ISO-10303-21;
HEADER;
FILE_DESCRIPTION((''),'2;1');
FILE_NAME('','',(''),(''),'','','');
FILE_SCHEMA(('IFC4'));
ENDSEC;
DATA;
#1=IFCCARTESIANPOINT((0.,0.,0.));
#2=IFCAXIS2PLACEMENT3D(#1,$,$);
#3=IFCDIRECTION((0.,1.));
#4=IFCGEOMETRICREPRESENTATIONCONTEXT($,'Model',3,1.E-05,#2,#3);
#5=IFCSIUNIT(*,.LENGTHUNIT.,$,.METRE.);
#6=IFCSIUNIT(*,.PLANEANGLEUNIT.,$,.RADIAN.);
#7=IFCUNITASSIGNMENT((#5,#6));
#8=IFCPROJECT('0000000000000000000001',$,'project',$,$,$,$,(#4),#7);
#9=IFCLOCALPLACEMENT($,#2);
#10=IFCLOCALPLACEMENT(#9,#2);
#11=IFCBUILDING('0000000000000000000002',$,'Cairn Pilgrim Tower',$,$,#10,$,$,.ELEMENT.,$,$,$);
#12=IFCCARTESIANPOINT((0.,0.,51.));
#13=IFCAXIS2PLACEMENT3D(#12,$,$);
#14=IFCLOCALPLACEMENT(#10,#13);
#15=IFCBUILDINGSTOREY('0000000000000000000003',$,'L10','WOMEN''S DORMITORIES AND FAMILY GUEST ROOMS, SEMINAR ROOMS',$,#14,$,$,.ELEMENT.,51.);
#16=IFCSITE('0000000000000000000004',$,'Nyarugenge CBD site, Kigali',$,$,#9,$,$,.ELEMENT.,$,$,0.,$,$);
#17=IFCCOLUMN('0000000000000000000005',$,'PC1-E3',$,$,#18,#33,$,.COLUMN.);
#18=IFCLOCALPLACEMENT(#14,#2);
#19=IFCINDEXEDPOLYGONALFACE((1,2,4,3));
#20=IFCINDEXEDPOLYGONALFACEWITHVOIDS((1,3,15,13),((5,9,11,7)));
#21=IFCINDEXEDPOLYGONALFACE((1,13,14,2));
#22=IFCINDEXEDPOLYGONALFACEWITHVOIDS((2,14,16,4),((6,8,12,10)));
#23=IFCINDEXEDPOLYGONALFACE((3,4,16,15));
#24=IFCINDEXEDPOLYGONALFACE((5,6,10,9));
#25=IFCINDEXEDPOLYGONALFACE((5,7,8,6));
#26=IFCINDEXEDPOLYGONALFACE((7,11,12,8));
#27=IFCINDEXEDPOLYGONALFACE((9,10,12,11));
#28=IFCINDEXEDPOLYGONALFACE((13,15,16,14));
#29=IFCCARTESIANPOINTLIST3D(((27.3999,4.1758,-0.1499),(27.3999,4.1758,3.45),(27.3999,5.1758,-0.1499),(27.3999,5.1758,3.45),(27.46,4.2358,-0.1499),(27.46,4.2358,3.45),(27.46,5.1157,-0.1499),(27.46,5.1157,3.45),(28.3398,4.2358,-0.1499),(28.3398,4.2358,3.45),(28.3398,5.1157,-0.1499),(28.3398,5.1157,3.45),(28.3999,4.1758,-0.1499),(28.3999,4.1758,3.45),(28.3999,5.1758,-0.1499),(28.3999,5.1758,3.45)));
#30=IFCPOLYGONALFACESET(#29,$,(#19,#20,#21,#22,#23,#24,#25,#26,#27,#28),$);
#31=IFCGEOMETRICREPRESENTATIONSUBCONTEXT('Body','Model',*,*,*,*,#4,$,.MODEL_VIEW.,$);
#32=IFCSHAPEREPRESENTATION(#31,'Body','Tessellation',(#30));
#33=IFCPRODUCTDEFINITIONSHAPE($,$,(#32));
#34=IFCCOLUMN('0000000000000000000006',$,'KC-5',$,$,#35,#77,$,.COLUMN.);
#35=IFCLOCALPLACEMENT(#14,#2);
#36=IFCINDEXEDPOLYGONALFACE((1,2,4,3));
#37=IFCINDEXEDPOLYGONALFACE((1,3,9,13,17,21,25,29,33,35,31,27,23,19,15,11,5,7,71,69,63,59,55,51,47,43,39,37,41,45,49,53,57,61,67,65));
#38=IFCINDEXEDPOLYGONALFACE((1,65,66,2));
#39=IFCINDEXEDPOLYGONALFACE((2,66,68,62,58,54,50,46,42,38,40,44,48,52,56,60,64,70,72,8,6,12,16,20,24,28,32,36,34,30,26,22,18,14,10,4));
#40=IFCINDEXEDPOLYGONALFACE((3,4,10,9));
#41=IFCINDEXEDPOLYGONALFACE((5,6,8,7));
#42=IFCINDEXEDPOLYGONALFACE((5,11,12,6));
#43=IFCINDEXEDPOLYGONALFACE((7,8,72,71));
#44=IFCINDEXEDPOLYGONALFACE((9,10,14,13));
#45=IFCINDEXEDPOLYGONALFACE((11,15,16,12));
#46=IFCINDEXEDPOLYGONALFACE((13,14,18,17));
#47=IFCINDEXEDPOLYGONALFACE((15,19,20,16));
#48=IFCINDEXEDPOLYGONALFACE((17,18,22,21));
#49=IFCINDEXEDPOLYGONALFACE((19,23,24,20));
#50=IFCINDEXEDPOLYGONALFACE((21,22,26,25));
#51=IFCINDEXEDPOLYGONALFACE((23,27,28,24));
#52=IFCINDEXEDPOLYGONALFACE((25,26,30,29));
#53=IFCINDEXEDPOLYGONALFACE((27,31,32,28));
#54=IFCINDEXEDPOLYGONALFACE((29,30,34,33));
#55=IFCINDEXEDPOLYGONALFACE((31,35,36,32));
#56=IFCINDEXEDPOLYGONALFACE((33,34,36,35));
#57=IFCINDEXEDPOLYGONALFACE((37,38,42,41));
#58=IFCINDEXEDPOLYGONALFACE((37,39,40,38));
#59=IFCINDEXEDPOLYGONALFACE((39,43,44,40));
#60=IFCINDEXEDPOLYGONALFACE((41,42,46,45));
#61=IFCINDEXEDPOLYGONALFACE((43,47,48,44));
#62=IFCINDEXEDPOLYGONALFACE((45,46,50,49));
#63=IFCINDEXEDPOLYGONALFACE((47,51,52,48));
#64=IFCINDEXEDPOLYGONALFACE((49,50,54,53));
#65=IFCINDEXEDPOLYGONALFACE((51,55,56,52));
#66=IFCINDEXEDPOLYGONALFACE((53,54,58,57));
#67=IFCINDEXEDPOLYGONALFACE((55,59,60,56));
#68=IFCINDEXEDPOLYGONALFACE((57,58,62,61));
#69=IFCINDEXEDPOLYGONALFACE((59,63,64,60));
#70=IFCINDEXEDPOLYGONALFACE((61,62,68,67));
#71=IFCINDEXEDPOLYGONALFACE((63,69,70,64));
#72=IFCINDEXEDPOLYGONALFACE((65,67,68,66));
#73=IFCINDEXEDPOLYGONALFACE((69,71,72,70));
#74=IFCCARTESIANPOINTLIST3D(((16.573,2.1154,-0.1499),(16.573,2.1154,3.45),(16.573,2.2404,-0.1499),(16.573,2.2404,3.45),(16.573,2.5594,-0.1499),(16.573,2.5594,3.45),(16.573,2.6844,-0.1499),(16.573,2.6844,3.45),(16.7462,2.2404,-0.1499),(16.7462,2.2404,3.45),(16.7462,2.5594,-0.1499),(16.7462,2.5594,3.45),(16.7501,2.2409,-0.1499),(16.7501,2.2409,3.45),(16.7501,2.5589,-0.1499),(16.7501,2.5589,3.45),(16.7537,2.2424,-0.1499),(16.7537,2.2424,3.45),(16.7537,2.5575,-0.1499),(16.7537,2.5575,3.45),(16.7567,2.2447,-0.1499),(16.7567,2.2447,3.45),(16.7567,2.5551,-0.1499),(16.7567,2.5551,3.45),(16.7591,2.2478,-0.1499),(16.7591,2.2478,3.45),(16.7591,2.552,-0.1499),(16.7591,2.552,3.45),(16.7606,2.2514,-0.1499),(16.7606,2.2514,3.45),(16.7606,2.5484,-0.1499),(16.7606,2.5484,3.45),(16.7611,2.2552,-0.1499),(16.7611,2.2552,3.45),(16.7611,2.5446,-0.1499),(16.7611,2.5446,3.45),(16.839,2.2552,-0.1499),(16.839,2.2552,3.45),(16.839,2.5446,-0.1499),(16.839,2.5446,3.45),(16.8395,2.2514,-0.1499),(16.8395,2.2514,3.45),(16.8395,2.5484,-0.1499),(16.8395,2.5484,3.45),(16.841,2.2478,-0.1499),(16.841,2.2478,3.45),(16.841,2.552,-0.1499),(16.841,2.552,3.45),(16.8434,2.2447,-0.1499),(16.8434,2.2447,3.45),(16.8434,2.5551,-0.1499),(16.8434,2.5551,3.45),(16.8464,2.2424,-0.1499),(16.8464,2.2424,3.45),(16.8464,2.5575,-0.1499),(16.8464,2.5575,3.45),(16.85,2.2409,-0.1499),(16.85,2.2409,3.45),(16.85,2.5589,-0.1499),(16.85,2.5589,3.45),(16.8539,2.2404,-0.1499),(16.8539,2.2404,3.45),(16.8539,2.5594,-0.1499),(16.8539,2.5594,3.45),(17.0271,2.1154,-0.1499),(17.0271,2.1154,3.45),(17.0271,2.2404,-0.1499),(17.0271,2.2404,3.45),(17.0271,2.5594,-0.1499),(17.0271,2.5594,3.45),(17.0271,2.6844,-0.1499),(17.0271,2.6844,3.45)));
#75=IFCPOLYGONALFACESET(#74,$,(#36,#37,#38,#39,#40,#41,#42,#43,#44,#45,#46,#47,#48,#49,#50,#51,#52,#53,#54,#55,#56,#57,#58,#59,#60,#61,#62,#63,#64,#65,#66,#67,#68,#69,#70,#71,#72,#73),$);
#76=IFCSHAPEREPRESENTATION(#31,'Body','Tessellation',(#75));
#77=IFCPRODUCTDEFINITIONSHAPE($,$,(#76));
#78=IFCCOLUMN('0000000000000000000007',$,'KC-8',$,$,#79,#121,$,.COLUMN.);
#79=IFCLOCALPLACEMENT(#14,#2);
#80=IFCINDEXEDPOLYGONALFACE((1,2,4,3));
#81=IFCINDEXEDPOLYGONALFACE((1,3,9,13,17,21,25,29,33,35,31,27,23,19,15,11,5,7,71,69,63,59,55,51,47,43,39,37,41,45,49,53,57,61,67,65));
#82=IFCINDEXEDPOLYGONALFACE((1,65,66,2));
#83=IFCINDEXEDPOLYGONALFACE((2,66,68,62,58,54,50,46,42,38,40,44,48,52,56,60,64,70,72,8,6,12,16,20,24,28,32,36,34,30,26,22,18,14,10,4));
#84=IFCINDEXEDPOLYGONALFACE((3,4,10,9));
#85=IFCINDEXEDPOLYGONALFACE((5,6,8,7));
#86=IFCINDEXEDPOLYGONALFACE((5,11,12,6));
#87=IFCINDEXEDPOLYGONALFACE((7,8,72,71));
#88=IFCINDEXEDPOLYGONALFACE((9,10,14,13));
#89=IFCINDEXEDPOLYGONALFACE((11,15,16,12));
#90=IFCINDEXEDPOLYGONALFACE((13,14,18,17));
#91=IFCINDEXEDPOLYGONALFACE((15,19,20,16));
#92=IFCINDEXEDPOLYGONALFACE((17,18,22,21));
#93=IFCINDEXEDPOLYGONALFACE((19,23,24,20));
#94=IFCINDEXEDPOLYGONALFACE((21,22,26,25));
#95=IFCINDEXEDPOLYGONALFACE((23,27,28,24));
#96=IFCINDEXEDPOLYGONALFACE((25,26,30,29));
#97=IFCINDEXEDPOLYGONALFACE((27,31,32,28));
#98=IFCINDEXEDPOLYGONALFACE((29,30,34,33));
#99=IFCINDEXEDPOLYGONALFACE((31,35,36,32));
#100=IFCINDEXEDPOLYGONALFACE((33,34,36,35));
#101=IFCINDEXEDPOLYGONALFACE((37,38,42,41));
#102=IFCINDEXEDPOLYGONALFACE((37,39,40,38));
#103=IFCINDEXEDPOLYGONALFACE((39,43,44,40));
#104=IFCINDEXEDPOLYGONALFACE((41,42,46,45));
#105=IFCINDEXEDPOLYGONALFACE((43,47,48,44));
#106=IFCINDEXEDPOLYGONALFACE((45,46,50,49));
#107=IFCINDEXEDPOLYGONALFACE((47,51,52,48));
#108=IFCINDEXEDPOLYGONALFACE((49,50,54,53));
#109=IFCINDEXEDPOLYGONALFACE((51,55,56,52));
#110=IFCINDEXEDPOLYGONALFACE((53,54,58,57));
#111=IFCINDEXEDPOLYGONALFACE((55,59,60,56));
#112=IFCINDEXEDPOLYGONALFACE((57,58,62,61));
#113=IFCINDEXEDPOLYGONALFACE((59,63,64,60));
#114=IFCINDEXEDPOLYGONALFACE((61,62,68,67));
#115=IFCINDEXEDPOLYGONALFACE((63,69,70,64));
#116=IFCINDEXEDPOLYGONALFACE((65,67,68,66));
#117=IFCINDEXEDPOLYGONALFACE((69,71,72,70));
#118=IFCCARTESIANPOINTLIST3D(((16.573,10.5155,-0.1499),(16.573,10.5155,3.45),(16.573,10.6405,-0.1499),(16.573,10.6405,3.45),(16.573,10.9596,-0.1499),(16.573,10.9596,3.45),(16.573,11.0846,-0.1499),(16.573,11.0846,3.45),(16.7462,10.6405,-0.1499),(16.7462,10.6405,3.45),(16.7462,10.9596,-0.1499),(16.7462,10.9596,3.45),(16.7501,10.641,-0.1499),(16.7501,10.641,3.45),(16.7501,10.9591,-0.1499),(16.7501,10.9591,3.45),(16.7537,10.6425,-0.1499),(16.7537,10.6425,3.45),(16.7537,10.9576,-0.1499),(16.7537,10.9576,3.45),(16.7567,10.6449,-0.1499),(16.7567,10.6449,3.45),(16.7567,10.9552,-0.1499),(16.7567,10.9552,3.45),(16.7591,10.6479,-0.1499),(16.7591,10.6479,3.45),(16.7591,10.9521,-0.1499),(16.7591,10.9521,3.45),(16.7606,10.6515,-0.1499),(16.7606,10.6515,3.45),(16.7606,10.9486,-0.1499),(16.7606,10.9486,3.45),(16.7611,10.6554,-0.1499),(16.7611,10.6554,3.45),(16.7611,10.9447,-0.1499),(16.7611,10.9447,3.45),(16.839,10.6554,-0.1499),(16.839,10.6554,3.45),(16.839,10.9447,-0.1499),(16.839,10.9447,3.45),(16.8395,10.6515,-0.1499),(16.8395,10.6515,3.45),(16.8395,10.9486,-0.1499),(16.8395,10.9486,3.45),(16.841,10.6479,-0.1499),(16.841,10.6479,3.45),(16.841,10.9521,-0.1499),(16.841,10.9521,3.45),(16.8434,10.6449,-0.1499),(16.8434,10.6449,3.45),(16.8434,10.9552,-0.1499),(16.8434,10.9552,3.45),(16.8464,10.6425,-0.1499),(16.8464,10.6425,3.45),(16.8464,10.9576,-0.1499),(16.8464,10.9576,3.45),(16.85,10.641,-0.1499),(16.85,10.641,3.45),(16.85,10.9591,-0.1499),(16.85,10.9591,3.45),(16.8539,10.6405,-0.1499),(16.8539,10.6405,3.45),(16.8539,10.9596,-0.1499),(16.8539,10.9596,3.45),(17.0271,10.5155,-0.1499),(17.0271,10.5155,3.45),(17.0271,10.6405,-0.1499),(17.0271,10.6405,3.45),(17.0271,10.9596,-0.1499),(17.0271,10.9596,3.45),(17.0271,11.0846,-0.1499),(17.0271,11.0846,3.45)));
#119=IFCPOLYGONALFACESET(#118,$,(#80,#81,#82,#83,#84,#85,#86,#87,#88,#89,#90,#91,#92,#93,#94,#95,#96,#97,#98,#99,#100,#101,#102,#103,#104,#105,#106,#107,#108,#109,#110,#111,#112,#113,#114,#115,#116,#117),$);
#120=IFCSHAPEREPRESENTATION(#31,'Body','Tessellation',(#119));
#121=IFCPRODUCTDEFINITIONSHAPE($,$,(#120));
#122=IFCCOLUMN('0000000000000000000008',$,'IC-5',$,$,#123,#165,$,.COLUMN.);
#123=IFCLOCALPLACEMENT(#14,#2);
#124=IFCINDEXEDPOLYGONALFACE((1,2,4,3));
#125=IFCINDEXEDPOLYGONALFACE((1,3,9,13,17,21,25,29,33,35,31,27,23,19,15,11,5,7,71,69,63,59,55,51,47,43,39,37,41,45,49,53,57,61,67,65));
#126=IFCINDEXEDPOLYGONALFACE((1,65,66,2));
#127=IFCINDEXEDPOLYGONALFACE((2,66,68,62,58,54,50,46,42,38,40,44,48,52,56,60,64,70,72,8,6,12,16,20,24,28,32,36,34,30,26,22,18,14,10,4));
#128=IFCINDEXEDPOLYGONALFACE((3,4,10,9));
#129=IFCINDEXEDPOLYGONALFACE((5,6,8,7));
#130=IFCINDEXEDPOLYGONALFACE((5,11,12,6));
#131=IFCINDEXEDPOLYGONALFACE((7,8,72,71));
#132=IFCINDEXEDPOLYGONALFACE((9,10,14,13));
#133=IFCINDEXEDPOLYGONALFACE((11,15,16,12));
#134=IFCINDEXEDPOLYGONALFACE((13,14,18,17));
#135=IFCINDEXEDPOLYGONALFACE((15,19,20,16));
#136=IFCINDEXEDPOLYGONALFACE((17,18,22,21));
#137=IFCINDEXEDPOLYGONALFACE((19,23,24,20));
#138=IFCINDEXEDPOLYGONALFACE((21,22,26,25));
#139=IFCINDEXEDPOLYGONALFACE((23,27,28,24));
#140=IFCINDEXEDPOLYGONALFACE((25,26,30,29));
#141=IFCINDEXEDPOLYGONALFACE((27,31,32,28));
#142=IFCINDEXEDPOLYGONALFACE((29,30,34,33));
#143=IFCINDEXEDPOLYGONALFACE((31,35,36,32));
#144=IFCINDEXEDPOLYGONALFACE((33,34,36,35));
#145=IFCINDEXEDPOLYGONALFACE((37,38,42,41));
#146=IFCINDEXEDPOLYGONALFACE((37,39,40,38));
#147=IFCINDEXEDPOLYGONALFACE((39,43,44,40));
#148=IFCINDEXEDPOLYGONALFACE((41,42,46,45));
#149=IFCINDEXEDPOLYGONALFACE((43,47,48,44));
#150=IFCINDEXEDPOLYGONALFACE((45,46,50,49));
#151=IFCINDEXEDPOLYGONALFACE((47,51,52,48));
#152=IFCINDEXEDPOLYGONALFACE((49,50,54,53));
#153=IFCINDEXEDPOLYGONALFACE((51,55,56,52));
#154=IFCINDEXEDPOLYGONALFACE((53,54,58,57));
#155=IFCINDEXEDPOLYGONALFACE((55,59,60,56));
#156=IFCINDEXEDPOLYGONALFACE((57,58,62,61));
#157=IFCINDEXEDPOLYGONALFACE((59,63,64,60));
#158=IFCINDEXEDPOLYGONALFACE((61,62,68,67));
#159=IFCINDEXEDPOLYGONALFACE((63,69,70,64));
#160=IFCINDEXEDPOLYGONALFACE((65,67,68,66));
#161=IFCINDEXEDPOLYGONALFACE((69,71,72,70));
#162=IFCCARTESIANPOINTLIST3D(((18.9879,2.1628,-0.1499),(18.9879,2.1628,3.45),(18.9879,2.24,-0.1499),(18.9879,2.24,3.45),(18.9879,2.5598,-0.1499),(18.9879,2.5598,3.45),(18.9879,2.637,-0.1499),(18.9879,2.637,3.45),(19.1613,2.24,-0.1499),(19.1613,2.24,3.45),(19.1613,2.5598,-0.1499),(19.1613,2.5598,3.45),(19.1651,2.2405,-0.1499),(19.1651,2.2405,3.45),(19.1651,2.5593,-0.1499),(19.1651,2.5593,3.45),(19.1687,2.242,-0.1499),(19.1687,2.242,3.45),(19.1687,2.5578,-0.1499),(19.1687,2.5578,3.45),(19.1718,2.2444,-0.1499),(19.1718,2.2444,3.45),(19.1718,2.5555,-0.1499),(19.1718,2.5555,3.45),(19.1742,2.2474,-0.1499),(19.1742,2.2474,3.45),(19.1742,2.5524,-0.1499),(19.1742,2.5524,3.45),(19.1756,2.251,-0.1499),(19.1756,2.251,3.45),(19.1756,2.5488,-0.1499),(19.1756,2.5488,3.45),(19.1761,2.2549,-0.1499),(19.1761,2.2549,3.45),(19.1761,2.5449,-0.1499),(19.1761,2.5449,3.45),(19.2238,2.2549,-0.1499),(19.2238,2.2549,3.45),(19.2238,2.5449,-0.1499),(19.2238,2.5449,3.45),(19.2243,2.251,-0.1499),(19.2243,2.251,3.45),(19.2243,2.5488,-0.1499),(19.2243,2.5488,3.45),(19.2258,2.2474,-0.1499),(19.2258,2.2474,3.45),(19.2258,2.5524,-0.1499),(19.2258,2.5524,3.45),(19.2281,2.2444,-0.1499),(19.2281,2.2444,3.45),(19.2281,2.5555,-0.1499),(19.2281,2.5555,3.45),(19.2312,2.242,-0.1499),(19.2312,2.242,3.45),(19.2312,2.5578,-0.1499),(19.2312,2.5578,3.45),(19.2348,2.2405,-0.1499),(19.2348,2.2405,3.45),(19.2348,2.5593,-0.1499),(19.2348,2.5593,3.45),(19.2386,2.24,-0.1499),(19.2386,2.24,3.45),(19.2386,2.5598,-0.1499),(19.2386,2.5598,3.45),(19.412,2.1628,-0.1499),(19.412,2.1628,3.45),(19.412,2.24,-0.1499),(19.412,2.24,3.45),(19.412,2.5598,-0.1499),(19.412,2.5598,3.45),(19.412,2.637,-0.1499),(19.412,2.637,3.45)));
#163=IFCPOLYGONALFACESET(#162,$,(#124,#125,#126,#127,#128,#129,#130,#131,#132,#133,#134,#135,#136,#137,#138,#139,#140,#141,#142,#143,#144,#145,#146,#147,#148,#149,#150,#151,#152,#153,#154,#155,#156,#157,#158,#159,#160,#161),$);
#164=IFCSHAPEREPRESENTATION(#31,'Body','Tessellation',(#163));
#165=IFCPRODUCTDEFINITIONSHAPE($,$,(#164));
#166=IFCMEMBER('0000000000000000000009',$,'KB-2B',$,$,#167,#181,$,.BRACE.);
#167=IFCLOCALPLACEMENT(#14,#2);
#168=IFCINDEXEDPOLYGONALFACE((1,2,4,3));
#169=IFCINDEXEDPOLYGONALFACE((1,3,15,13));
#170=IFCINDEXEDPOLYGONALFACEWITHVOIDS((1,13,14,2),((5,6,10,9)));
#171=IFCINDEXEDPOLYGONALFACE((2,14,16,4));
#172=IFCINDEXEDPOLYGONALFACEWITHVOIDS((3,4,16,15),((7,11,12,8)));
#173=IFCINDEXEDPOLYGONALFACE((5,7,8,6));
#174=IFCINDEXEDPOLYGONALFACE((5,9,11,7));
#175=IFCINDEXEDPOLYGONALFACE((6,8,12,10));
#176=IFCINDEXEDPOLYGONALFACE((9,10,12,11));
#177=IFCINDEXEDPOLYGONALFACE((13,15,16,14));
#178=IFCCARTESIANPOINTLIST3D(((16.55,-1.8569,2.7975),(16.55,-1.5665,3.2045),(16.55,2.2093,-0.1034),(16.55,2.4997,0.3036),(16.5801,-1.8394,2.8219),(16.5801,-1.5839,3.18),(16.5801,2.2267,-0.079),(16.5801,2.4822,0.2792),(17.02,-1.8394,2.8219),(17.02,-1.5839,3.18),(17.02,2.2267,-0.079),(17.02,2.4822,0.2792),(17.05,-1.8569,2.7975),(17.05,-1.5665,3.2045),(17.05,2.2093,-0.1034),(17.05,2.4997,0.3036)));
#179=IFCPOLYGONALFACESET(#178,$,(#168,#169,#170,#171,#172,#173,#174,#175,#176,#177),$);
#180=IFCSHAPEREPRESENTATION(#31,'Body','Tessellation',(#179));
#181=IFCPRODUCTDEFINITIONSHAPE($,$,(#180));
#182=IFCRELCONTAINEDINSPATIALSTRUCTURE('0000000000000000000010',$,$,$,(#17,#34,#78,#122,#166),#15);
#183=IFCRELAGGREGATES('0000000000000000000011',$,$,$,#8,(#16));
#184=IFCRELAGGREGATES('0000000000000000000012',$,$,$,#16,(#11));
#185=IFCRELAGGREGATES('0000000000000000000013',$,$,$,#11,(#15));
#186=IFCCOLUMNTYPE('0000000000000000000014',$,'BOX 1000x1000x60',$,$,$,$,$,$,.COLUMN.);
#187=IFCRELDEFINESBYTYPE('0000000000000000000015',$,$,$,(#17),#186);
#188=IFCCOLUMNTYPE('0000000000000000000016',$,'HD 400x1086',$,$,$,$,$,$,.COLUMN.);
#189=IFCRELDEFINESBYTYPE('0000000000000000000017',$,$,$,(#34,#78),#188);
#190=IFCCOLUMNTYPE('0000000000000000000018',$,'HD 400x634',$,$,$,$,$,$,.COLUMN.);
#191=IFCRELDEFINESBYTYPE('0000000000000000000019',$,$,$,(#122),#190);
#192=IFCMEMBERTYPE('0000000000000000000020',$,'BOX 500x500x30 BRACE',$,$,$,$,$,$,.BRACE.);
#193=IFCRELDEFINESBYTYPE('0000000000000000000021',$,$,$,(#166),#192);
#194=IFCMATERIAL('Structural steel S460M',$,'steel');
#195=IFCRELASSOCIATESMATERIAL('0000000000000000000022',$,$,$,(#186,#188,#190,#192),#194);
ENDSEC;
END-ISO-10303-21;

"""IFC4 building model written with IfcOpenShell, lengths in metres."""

from ifc_helpers import new_model, si_unit, direction, frame, origin, origin_2d, place, context, subcontext, project, spatial, hollow_rectangle, i_section, extrude, material, material_profile, profile_set, type_object, element, save


model = new_model("IFC4")

# Units and contexts
model_context = context("Model", 3, precision=1e-05, world=origin(), true_north=direction((0.0, 1.0)))
body_context = subcontext(model_context, "Body", "Model", "MODEL_VIEW")
ifc_project = project(units=[si_unit("LENGTHUNIT", "METRE"), si_unit("PLANEANGLEUNIT", "RADIAN")], contexts=[model_context])

# Site, building, storey
site_placement = place(None, origin())
site = spatial("IfcSite", under=ifc_project, at=site_placement, Name="Nyarugenge CBD site, Kigali", CompositionType="ELEMENT", RefElevation=0.0)
building_placement = place(site_placement, origin())
building = spatial("IfcBuilding", under=site, at=building_placement, Name="Cairn Pilgrim Tower", CompositionType="ELEMENT")
storey_placement = place(building_placement, frame((0.0, 0.0, 51.0)))
storey = spatial("IfcBuildingStorey", under=building, at=storey_placement, Name="L10", Description="WOMEN'S DORMITORIES AND FAMILY GUEST ROOMS, SEMINAR ROOMS", CompositionType="ELEMENT", Elevation=51.0)

# Columns
ifc_material_1 = material(Name="Structural steel S460M", Category="steel")
ifc_material_profile_1 = material_profile(ifc_material_1, hollow_rectangle(XDim=1.0, YDim=1.0, WallThickness=0.0601, at=origin_2d()), Name="BOX 1000x1000x60")
ifc_profile_set_1 = profile_set([ifc_material_profile_1], Name="Structural steel S460M")
column_type_1 = type_object("IfcColumnType", Name="BOX 1000x1000x60", PredefinedType="COLUMN", material=ifc_profile_set_1)
column_1_placement = place(storey_placement, frame((27.8999, 4.6758, -0.1499), z_axis=(0.0, 0.0, 1.0), x_axis=(1.0, 0.0, 0.0)))
element("IfcColumn", 1, at=column_1_placement, inside=storey, type_object=column_type_1, Name="PC1-E3", PredefinedType="COLUMN", context=body_context, shape_type="SweptSolid", body=[
    extrude(hollow_rectangle(XDim=1.0, YDim=1.0, WallThickness=0.0601, at=origin_2d()), origin(), (0.0, 0.0, 1.0), 3.5999),
])
ifc_material_profile_2 = material_profile(ifc_material_1, i_section(OverallWidth=0.4541, OverallDepth=0.5691, WebThickness=0.0779, FlangeThickness=0.125, FilletRadius=0.0149, at=origin_2d()), Name="HD 400x1086")
ifc_profile_set_2 = profile_set([ifc_material_profile_2], Name="Structural steel S460M")
column_type_2 = type_object("IfcColumnType", Name="HD 400x1086", PredefinedType="COLUMN", material=ifc_profile_set_2)
for number, where, z_axis, x_axis, name in (
    (2, (16.8, 2.3999, -0.1499), (0.0, 0.0, 1.0), (1.0, 0.0, 0.0), "KC-5"),
    (3, (16.8, 10.8, -0.1499), (0.0, 0.0, 1.0), (1.0, 0.0, 0.0), "KC-8"),
):
    element("IfcColumn", number, at=place(storey_placement, frame(where, z_axis=z_axis, x_axis=x_axis)), inside=storey, type_object=column_type_2, Name=name, PredefinedType="COLUMN", context=body_context, shape_type="SweptSolid", body=[
        extrude(i_section(OverallWidth=0.4541, OverallDepth=0.5691, WebThickness=0.0779, FlangeThickness=0.125, FilletRadius=0.0149, at=origin_2d()), origin(), (0.0, 0.0, 1.0), 3.5999),
    ])
ifc_material_profile_3 = material_profile(ifc_material_1, i_section(OverallWidth=0.4241, OverallDepth=0.4741, WebThickness=0.0476, FlangeThickness=0.0771, FilletRadius=0.0149, at=origin_2d()), Name="HD 400x634")
ifc_profile_set_3 = profile_set([ifc_material_profile_3], Name="Structural steel S460M")
column_type_3 = type_object("IfcColumnType", Name="HD 400x634", PredefinedType="COLUMN", material=ifc_profile_set_3)
column_2_placement = place(storey_placement, frame((19.2, 2.3999, -0.1499), z_axis=(0.0, 0.0, 1.0), x_axis=(1.0, 0.0, 0.0)))
element("IfcColumn", 4, at=column_2_placement, inside=storey, type_object=column_type_3, Name="IC-5", PredefinedType="COLUMN", context=body_context, shape_type="SweptSolid", body=[
    extrude(i_section(OverallWidth=0.4241, OverallDepth=0.4741, WebThickness=0.0476, FlangeThickness=0.0771, FilletRadius=0.0149, at=origin_2d()), origin(), (0.0, 0.0, 1.0), 3.5999),
])

# Member
ifc_material_profile_4 = material_profile(ifc_material_1, hollow_rectangle(XDim=0.5, YDim=0.5, WallThickness=0.03, at=origin_2d()), Name="BOX 500x500x30")
ifc_profile_set_4 = profile_set([ifc_material_profile_4], Name="Structural steel S460M")
member_type_1 = type_object("IfcMemberType", Name="BOX 500x500x30 BRACE", PredefinedType="BRACE", material=ifc_profile_set_4)
member_1_placement = place(storey_placement, frame((16.8, 2.3545, 0.1001), z_axis=(0.0, -0.814067, 0.580771), x_axis=(1.0, 0.0, 0.0)))
element("IfcMember", 5, at=member_1_placement, inside=storey, type_object=member_type_1, Name="KB-2B", PredefinedType="BRACE", context=body_context, shape_type="SweptSolid", body=[
    extrude(hollow_rectangle(XDim=0.5, YDim=0.5, WallThickness=0.03, at=origin_2d()), origin(), (0.0, 0.0, 1.0), 4.9949),
])

save(model, "model.ifc")
